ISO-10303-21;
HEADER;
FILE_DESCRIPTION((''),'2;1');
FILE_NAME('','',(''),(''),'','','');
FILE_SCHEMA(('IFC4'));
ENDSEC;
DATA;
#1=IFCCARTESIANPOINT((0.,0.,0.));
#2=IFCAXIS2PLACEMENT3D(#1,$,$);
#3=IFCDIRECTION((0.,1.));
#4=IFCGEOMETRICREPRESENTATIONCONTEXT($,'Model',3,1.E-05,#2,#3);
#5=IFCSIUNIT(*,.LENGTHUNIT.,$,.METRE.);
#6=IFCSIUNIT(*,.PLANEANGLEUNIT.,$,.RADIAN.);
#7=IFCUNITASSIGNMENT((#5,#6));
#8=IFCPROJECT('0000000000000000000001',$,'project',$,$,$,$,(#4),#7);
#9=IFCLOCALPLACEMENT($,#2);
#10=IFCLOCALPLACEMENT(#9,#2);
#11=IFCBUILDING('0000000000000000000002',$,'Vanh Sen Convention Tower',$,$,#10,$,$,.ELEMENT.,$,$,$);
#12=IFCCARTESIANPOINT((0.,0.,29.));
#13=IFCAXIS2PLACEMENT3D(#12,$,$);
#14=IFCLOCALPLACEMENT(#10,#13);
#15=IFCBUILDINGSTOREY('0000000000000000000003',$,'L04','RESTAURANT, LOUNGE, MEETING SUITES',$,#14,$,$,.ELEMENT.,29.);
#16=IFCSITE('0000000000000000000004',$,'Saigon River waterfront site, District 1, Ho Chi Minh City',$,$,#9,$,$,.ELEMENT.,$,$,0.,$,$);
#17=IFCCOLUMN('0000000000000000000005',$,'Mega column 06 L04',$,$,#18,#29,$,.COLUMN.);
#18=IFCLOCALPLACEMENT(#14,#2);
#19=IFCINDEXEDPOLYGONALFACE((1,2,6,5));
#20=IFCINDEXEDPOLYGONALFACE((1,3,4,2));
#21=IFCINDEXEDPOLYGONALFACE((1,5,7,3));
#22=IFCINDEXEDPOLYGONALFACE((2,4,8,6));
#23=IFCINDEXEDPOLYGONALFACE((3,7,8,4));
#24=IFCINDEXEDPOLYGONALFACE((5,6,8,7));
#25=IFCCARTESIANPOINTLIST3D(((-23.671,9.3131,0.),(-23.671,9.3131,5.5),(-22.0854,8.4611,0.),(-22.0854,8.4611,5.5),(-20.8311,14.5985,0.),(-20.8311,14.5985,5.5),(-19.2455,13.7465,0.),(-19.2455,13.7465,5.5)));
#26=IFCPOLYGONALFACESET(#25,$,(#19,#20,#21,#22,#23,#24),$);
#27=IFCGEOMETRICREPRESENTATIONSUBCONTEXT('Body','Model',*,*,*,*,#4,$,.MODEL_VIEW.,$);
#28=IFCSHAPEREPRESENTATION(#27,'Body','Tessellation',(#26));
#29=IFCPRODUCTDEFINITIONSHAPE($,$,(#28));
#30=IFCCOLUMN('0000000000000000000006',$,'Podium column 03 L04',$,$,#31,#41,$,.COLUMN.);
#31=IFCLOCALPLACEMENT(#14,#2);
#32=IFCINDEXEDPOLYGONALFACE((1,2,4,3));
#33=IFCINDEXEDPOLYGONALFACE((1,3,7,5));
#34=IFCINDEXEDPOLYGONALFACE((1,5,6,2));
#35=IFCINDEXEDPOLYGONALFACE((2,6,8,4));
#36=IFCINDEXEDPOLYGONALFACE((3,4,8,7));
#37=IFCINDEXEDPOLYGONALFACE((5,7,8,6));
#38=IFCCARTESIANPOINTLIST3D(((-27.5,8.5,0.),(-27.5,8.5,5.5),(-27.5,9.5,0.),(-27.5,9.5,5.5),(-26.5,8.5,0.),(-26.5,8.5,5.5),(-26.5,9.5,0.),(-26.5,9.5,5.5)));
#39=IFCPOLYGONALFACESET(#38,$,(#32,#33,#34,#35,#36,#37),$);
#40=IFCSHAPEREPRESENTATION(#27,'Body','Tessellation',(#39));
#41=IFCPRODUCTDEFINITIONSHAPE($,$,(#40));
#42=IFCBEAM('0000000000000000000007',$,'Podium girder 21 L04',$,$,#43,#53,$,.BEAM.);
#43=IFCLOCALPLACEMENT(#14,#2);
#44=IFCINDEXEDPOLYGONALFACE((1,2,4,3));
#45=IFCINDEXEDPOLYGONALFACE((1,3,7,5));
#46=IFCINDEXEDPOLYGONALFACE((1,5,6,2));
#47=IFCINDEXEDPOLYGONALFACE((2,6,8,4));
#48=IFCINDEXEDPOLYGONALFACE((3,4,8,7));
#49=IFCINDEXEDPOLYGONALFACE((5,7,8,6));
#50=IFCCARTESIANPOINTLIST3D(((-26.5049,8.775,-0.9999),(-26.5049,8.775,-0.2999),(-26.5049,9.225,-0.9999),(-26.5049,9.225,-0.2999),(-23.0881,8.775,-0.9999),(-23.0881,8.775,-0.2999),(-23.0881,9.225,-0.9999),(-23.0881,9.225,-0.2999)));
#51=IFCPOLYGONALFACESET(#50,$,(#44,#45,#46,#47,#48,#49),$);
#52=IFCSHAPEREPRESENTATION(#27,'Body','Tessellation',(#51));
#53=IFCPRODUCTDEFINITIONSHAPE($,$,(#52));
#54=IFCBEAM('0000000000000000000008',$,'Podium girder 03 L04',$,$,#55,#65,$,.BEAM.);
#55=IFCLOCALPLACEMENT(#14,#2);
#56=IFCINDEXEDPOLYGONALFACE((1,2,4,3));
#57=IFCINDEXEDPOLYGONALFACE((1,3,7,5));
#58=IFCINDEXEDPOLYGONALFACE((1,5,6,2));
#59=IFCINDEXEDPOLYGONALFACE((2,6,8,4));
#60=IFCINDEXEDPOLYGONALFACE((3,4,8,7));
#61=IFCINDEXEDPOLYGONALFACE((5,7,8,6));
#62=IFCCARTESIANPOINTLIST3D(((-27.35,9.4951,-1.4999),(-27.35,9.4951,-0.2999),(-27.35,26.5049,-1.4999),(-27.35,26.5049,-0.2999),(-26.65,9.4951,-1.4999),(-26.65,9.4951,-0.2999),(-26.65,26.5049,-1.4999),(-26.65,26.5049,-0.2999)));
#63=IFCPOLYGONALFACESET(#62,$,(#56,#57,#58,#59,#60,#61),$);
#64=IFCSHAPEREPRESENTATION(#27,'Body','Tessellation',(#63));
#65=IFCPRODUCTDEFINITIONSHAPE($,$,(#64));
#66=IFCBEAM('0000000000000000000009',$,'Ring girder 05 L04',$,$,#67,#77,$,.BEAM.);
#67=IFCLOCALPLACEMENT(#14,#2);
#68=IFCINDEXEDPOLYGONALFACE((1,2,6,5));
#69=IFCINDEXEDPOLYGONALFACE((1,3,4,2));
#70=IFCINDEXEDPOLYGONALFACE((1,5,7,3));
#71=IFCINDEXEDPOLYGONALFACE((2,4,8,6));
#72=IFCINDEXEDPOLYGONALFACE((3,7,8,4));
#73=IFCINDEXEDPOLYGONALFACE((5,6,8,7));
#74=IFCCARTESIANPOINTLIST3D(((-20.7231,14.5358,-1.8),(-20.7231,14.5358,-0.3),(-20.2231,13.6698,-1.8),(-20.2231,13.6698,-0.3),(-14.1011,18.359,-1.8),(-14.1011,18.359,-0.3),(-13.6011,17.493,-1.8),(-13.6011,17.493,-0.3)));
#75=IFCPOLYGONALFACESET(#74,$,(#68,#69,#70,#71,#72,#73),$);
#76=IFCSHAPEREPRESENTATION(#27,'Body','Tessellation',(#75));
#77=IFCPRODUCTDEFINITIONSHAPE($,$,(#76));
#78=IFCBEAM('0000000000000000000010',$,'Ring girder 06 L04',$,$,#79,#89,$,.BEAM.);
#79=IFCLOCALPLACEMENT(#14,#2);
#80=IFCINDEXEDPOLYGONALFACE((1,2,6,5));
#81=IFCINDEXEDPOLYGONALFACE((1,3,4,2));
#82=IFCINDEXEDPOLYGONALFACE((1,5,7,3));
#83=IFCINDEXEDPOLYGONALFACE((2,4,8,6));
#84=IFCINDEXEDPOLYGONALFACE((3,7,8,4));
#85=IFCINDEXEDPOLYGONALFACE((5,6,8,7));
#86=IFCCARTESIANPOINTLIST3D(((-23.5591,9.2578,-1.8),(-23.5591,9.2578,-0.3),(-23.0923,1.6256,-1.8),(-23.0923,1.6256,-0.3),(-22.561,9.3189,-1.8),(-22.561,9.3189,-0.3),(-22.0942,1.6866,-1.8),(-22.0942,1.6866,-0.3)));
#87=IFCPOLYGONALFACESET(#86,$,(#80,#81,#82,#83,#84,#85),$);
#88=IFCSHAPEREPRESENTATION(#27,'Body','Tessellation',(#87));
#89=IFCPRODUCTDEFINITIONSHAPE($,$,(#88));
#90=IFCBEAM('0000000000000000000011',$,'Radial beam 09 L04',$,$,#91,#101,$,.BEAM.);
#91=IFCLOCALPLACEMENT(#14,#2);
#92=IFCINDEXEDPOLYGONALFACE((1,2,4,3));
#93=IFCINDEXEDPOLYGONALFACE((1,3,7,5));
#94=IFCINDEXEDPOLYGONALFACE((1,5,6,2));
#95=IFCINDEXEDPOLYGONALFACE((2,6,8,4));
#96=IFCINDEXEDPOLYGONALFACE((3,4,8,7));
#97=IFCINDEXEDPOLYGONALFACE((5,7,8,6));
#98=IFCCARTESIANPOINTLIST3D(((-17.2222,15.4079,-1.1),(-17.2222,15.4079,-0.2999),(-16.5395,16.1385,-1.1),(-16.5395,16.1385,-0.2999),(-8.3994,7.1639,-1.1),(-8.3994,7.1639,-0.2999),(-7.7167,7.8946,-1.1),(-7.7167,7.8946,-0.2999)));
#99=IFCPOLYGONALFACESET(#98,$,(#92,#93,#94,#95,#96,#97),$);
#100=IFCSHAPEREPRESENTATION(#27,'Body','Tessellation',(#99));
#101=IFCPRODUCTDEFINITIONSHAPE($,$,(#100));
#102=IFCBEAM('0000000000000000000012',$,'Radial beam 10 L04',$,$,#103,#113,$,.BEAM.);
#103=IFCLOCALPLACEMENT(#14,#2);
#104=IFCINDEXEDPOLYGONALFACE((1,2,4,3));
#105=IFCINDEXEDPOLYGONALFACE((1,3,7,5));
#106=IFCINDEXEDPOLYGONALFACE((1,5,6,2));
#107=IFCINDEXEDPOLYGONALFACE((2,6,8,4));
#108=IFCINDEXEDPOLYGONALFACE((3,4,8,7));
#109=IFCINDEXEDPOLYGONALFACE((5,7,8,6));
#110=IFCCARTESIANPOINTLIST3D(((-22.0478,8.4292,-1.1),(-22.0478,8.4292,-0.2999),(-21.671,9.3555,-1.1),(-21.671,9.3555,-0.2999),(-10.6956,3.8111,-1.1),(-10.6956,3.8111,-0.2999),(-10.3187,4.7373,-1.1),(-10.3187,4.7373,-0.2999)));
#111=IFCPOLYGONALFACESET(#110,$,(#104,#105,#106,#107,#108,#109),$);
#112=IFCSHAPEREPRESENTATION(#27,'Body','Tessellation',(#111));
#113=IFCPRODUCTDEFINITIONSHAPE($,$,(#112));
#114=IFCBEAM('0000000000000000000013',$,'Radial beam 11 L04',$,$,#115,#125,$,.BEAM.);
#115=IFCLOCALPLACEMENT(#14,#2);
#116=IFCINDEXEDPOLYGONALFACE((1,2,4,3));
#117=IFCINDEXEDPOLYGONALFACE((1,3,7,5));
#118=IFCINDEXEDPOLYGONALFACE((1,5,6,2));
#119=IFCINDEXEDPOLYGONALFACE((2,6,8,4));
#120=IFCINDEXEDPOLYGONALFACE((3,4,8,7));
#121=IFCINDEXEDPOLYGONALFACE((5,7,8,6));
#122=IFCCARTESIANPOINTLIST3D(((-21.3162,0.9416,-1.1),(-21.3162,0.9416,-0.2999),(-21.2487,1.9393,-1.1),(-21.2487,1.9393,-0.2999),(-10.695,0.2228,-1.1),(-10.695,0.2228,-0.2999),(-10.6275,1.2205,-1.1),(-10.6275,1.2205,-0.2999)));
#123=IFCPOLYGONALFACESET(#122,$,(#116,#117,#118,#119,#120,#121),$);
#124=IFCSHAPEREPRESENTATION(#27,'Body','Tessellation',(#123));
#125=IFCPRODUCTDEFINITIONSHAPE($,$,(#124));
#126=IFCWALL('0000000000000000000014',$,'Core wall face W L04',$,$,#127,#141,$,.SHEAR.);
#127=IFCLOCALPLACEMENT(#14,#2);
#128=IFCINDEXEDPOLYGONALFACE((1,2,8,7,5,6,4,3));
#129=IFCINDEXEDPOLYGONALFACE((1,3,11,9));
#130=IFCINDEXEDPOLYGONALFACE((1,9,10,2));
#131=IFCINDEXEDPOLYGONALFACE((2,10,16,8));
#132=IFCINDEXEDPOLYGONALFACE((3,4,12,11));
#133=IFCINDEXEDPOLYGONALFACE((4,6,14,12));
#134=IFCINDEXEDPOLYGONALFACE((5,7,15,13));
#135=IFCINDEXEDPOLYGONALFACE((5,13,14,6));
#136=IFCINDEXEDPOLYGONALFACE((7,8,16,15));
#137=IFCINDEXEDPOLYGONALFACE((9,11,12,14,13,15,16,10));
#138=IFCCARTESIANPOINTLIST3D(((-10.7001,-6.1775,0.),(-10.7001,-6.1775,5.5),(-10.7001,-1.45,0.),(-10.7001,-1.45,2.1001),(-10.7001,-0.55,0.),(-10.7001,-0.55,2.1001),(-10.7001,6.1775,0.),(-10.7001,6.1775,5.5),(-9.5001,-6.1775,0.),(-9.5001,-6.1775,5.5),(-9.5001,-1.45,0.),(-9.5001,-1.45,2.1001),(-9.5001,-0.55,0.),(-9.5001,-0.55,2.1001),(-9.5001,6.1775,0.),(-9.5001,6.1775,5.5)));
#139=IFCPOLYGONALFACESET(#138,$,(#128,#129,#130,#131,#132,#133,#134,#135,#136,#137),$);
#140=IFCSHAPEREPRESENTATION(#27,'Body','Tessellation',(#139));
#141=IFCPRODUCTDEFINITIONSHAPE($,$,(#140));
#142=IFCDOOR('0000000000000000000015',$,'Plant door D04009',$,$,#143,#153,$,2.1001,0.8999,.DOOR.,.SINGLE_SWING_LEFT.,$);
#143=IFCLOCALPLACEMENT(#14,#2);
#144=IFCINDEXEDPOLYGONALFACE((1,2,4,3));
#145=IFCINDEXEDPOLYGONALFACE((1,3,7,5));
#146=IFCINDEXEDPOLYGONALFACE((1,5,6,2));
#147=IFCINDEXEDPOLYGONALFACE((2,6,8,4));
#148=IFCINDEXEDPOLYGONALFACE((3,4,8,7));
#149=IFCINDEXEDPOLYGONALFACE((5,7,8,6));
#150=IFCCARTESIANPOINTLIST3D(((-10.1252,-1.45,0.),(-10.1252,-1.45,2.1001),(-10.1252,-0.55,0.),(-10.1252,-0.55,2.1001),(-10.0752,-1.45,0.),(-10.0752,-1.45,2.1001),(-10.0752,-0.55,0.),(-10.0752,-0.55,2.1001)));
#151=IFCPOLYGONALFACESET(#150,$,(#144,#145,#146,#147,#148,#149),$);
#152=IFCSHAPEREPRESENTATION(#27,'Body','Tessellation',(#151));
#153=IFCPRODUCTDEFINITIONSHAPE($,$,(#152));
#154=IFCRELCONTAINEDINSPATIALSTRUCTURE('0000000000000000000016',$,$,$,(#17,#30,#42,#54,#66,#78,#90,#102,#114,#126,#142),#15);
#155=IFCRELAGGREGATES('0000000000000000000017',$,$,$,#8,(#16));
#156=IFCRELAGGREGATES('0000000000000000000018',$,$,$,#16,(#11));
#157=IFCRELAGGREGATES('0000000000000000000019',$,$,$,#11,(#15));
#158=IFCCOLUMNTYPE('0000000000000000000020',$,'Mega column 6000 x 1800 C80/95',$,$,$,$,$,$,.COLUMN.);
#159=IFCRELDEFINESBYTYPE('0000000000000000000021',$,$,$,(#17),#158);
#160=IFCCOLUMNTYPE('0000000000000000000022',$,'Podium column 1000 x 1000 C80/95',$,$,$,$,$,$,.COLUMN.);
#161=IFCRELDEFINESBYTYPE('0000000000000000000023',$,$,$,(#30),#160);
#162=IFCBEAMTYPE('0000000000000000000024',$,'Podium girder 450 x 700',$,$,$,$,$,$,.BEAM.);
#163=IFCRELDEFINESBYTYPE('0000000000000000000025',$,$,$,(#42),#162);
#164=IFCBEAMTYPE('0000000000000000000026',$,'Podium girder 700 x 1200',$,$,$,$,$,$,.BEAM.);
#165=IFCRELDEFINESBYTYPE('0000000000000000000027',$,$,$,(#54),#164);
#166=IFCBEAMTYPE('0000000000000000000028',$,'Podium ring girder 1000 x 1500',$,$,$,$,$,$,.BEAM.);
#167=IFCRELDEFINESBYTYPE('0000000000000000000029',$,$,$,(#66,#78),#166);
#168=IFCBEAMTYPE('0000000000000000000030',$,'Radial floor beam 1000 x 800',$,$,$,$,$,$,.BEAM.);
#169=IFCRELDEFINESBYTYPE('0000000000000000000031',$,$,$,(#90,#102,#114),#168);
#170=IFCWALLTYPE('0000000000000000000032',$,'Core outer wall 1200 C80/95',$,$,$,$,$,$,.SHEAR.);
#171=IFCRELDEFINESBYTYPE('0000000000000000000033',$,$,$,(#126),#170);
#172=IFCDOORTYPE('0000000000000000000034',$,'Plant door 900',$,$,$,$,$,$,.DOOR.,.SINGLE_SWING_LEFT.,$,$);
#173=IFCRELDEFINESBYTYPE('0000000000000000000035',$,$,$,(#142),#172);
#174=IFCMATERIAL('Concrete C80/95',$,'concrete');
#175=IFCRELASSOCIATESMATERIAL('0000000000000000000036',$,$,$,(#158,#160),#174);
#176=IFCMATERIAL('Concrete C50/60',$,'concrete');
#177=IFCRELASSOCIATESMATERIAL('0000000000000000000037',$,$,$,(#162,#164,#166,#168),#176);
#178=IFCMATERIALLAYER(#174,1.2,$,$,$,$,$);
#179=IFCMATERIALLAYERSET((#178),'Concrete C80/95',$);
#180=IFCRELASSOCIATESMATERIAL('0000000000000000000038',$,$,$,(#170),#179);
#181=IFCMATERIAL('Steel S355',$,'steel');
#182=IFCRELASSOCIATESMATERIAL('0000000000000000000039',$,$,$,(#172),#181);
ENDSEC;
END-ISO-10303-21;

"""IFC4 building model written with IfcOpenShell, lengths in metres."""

from ifc_helpers import new_model, si_unit, direction, frame, frame_2d, origin, origin_2d, place, context, subcontext, project, spatial, rectangle, extrude, material, layer, layer_set, material_profile, profile_set, type_object, element, fill, save


model = new_model("IFC4")

# Units and contexts
model_context = context("Model", 3, precision=1e-05, world=origin(), true_north=direction((0.0, 1.0)))
body_context = subcontext(model_context, "Body", "Model", "MODEL_VIEW")
ifc_project = project(units=[si_unit("LENGTHUNIT", "METRE"), si_unit("PLANEANGLEUNIT", "RADIAN")], contexts=[model_context])

# Site, building, storey
site_placement = place(None, origin())
site = spatial("IfcSite", under=ifc_project, at=site_placement, Name="Saigon River waterfront site, District 1, Ho Chi Minh City", CompositionType="ELEMENT", RefElevation=0.0)
building_placement = place(site_placement, origin())
building = spatial("IfcBuilding", under=site, at=building_placement, Name="Vanh Sen Convention Tower", CompositionType="ELEMENT")
storey_placement = place(building_placement, frame((0.0, 0.0, 29.0)))
storey = spatial("IfcBuildingStorey", under=building, at=storey_placement, Name="L04", Description="RESTAURANT, LOUNGE, MEETING SUITES", CompositionType="ELEMENT", Elevation=29.0)

# Columns
ifc_material_1 = material(Name="Concrete C80/95", Category="concrete")
ifc_material_profile_1 = material_profile(ifc_material_1, rectangle(XDim=6.0, YDim=1.8, at=origin_2d()), Name="RC 6000X1800")
ifc_profile_set_1 = profile_set([ifc_material_profile_1], Name="Concrete C80/95")
column_type_1 = type_object("IfcColumnType", Name="Mega column 6000 x 1800 C80/95", PredefinedType="COLUMN", material=ifc_profile_set_1)
column_1_placement = place(storey_placement, frame((-21.4583, 11.5298, 0.0), z_axis=(0.0, 0.0, 1.0), x_axis=(-0.473317, -0.880892, 0.0)))
element("IfcColumn", 1, at=column_1_placement, inside=storey, type_object=column_type_1, Name="Mega column 06 L04", PredefinedType="COLUMN", context=body_context, shape_type="SweptSolid", body=[
    extrude(rectangle(XDim=6.0, YDim=1.8, at=origin_2d()), origin(), (0.0, 0.0, 1.0), 5.5),
])
ifc_material_profile_2 = material_profile(ifc_material_1, rectangle(XDim=1.0, YDim=1.0, at=origin_2d()), Name="RC 1000X1000")
ifc_profile_set_2 = profile_set([ifc_material_profile_2], Name="Concrete C80/95")
column_type_2 = type_object("IfcColumnType", Name="Podium column 1000 x 1000 C80/95", PredefinedType="COLUMN", material=ifc_profile_set_2)
column_2_placement = place(storey_placement, frame((-27.0, 9.0, 0.0), z_axis=(0.0, 0.0, 1.0), x_axis=(1.0, 0.0, 0.0)))
element("IfcColumn", 2, at=column_2_placement, inside=storey, type_object=column_type_2, Name="Podium column 03 L04", PredefinedType="COLUMN", context=body_context, shape_type="SweptSolid", body=[
    extrude(rectangle(XDim=1.0, YDim=1.0, at=origin_2d()), origin(), (0.0, 0.0, 1.0), 5.5),
])

# Beams
ifc_material_2 = material(Name="Concrete C50/60", Category="concrete")
ifc_material_profile_3 = material_profile(ifc_material_2, rectangle(XDim=0.45, YDim=0.7, at=origin_2d()), Name="RC 450X700")
ifc_profile_set_3 = profile_set([ifc_material_profile_3], Name="Concrete C50/60")
beam_type_1 = type_object("IfcBeamType", Name="Podium girder 450 x 700", PredefinedType="BEAM", material=ifc_profile_set_3)
beam_1_placement = place(storey_placement, frame((-26.5049, 9.0, -0.6499), z_axis=(1.0, 0.0, 0.0), x_axis=(0.0, 1.0, 0.0)))
element("IfcBeam", 3, at=beam_1_placement, inside=storey, type_object=beam_type_1, Name="Podium girder 21 L04", PredefinedType="BEAM", context=body_context, shape_type="SweptSolid", body=[
    extrude(rectangle(XDim=0.45, YDim=0.7, at=origin_2d()), origin(), (0.0, 0.0, 1.0), 3.4167),
])
ifc_material_profile_4 = material_profile(ifc_material_2, rectangle(XDim=0.7, YDim=1.2, at=origin_2d()), Name="RC 700X1200")
ifc_profile_set_4 = profile_set([ifc_material_profile_4], Name="Concrete C50/60")
beam_type_2 = type_object("IfcBeamType", Name="Podium girder 700 x 1200", PredefinedType="BEAM", material=ifc_profile_set_4)
beam_2_placement = place(storey_placement, frame((-27.0, 9.4951, -0.8999), z_axis=(0.0, 1.0, 0.0), x_axis=(-1.0, 0.0, 0.0)))
element("IfcBeam", 4, at=beam_2_placement, inside=storey, type_object=beam_type_2, Name="Podium girder 03 L04", PredefinedType="BEAM", context=body_context, shape_type="SweptSolid", body=[
    extrude(rectangle(XDim=0.7, YDim=1.2, at=origin_2d()), origin(), (0.0, 0.0, 1.0), 17.0098),
])
ifc_material_profile_5 = material_profile(ifc_material_2, rectangle(XDim=1.0, YDim=1.5, at=origin_2d()), Name="RC 1000X1500")
ifc_profile_set_5 = profile_set([ifc_material_profile_5], Name="Concrete C50/60")
beam_type_3 = type_object("IfcBeamType", Name="Podium ring girder 1000 x 1500", PredefinedType="BEAM", material=ifc_profile_set_5)
for number, where, z_axis, x_axis, name in (
    (5, (-13.8511, 17.926, -1.05), (-0.866026, -0.499999, 0.0), (0.499999, -0.866026, 0.0), "Ring girder 05 L04"),
    (6, (-23.0601, 9.2883, -1.05), (0.061046, -0.998135, 0.0), (0.998135, 0.061046, 0.0), "Ring girder 06 L04"),
):
    element("IfcBeam", number, at=place(storey_placement, frame(where, z_axis=z_axis, x_axis=x_axis)), inside=storey, type_object=beam_type_3, Name=name, PredefinedType="BEAM", context=body_context, shape_type="SweptSolid", body=[
        extrude(rectangle(XDim=1.0, YDim=1.5, at=origin_2d()), origin(), (0.0, 0.0, 1.0), 7.6465),
    ])
ifc_material_profile_6 = material_profile(ifc_material_2, rectangle(XDim=1.0, YDim=0.8, at=origin_2d()), Name="RC 1000X800")
ifc_profile_set_6 = profile_set([ifc_material_profile_6], Name="Concrete C50/60")
beam_type_4 = type_object("IfcBeamType", Name="Radial floor beam 1000 x 800", PredefinedType="BEAM", material=ifc_profile_set_6)
beam_3_placement = place(storey_placement, frame((-16.8809, 15.7732, -0.7), z_axis=(0.73067, -0.682731, 0.0), x_axis=(0.682731, 0.73067, 0.0)))
element("IfcBeam", 7, at=beam_3_placement, inside=storey, type_object=beam_type_4, Name="Radial beam 09 L04", PredefinedType="BEAM", context=body_context, shape_type="SweptSolid", body=[
    extrude(rectangle(XDim=1.0, YDim=0.8, at=origin_2d()), origin(), (0.0, 0.0, 1.0), 12.075),
])
beam_4_placement = place(storey_placement, frame((-21.8594, 8.8923, -0.7), z_axis=(0.926287, -0.376818, 0.0), x_axis=(0.376818, 0.926287, 0.0)))
element("IfcBeam", 8, at=beam_4_placement, inside=storey, type_object=beam_type_4, Name="Radial beam 10 L04", PredefinedType="BEAM", context=body_context, shape_type="SweptSolid", body=[
    extrude(rectangle(XDim=1.0, YDim=0.8, at=origin_2d()), origin(), (0.0, 0.0, 1.0), 12.2556),
])
beam_5_placement = place(storey_placement, frame((-21.2825, 1.4404, -0.7), z_axis=(0.997718, -0.067516, 0.0), x_axis=(0.067516, 0.997718, 0.0)))
element("IfcBeam", 9, at=beam_5_placement, inside=storey, type_object=beam_type_4, Name="Radial beam 11 L04", PredefinedType="BEAM", context=body_context, shape_type="SweptSolid", body=[
    extrude(rectangle(XDim=1.0, YDim=0.8, at=origin_2d()), origin(), (0.0, 0.0, 1.0), 10.6455),
])

# Wall, opening, door
ifc_layer_1 = layer(ifc_material_1, 1.2)
ifc_layer_set_1 = layer_set([ifc_layer_1], Name="Concrete C80/95")
wall_type_1 = type_object("IfcWallType", Name="Core outer wall 1200 C80/95", PredefinedType="SHEAR", material=ifc_layer_set_1)
wall_1_placement = place(storey_placement, frame((-10.1001, 6.1775, 0.0), z_axis=(0.0, 0.0, 1.0), x_axis=(0.0, -1.0, 0.0)))
wall_1 = element("IfcWall", 10, at=wall_1_placement, inside=storey, type_object=wall_type_1, Name="Core wall face W L04", PredefinedType="SHEAR", context=body_context, shape_type="SweptSolid", body=[
    extrude(rectangle(XDim=12.355, YDim=1.2, at=frame_2d((6.1775, 0.0))), origin(), (0.0, 0.0, 1.0), 5.5),
])
opening_1_placement = place(wall_1_placement, frame((6.7275, 0.0, 0.0)))
opening_1 = element("IfcOpeningElement", 11, at=opening_1_placement, cuts=wall_1, PredefinedType="OPENING", context=body_context, shape_type="SweptSolid", body=[
    extrude(rectangle(XDim=0.8999, YDim=2.1001, at=frame_2d((0.45, 1.05))), frame((0.0, 0.6099, 0.0), z_axis=(0.0, -1.0, 0.0), x_axis=(1.0, 0.0, 0.0)), (0.0, 0.0, 1.0), 1.22),
])
ifc_material_3 = material(Name="Steel S355", Category="steel")
door_type_1 = type_object("IfcDoorType", Name="Plant door 900", OperationType="SINGLE_SWING_LEFT", PredefinedType="DOOR", material=ifc_material_3)
door_1_placement = place(opening_1_placement, origin())
door_1 = element("IfcDoor", 12, at=door_1_placement, inside=storey, type_object=door_type_1, Name="Plant door D04009", OperationType="SINGLE_SWING_LEFT", OverallHeight=2.1001, OverallWidth=0.8999, PredefinedType="DOOR", context=body_context, shape_type="SweptSolid", body=[
    extrude(rectangle(XDim=0.8999, YDim=2.1001, at=frame_2d((0.45, 1.05))), frame((0.0, 0.0249, 0.0), z_axis=(0.0, -1.0, 0.0), x_axis=(1.0, 0.0, 0.0)), (0.0, 0.0, 1.0), 0.05),
])
fill(opening_1, door_1)

save(model, "model.ifc")
